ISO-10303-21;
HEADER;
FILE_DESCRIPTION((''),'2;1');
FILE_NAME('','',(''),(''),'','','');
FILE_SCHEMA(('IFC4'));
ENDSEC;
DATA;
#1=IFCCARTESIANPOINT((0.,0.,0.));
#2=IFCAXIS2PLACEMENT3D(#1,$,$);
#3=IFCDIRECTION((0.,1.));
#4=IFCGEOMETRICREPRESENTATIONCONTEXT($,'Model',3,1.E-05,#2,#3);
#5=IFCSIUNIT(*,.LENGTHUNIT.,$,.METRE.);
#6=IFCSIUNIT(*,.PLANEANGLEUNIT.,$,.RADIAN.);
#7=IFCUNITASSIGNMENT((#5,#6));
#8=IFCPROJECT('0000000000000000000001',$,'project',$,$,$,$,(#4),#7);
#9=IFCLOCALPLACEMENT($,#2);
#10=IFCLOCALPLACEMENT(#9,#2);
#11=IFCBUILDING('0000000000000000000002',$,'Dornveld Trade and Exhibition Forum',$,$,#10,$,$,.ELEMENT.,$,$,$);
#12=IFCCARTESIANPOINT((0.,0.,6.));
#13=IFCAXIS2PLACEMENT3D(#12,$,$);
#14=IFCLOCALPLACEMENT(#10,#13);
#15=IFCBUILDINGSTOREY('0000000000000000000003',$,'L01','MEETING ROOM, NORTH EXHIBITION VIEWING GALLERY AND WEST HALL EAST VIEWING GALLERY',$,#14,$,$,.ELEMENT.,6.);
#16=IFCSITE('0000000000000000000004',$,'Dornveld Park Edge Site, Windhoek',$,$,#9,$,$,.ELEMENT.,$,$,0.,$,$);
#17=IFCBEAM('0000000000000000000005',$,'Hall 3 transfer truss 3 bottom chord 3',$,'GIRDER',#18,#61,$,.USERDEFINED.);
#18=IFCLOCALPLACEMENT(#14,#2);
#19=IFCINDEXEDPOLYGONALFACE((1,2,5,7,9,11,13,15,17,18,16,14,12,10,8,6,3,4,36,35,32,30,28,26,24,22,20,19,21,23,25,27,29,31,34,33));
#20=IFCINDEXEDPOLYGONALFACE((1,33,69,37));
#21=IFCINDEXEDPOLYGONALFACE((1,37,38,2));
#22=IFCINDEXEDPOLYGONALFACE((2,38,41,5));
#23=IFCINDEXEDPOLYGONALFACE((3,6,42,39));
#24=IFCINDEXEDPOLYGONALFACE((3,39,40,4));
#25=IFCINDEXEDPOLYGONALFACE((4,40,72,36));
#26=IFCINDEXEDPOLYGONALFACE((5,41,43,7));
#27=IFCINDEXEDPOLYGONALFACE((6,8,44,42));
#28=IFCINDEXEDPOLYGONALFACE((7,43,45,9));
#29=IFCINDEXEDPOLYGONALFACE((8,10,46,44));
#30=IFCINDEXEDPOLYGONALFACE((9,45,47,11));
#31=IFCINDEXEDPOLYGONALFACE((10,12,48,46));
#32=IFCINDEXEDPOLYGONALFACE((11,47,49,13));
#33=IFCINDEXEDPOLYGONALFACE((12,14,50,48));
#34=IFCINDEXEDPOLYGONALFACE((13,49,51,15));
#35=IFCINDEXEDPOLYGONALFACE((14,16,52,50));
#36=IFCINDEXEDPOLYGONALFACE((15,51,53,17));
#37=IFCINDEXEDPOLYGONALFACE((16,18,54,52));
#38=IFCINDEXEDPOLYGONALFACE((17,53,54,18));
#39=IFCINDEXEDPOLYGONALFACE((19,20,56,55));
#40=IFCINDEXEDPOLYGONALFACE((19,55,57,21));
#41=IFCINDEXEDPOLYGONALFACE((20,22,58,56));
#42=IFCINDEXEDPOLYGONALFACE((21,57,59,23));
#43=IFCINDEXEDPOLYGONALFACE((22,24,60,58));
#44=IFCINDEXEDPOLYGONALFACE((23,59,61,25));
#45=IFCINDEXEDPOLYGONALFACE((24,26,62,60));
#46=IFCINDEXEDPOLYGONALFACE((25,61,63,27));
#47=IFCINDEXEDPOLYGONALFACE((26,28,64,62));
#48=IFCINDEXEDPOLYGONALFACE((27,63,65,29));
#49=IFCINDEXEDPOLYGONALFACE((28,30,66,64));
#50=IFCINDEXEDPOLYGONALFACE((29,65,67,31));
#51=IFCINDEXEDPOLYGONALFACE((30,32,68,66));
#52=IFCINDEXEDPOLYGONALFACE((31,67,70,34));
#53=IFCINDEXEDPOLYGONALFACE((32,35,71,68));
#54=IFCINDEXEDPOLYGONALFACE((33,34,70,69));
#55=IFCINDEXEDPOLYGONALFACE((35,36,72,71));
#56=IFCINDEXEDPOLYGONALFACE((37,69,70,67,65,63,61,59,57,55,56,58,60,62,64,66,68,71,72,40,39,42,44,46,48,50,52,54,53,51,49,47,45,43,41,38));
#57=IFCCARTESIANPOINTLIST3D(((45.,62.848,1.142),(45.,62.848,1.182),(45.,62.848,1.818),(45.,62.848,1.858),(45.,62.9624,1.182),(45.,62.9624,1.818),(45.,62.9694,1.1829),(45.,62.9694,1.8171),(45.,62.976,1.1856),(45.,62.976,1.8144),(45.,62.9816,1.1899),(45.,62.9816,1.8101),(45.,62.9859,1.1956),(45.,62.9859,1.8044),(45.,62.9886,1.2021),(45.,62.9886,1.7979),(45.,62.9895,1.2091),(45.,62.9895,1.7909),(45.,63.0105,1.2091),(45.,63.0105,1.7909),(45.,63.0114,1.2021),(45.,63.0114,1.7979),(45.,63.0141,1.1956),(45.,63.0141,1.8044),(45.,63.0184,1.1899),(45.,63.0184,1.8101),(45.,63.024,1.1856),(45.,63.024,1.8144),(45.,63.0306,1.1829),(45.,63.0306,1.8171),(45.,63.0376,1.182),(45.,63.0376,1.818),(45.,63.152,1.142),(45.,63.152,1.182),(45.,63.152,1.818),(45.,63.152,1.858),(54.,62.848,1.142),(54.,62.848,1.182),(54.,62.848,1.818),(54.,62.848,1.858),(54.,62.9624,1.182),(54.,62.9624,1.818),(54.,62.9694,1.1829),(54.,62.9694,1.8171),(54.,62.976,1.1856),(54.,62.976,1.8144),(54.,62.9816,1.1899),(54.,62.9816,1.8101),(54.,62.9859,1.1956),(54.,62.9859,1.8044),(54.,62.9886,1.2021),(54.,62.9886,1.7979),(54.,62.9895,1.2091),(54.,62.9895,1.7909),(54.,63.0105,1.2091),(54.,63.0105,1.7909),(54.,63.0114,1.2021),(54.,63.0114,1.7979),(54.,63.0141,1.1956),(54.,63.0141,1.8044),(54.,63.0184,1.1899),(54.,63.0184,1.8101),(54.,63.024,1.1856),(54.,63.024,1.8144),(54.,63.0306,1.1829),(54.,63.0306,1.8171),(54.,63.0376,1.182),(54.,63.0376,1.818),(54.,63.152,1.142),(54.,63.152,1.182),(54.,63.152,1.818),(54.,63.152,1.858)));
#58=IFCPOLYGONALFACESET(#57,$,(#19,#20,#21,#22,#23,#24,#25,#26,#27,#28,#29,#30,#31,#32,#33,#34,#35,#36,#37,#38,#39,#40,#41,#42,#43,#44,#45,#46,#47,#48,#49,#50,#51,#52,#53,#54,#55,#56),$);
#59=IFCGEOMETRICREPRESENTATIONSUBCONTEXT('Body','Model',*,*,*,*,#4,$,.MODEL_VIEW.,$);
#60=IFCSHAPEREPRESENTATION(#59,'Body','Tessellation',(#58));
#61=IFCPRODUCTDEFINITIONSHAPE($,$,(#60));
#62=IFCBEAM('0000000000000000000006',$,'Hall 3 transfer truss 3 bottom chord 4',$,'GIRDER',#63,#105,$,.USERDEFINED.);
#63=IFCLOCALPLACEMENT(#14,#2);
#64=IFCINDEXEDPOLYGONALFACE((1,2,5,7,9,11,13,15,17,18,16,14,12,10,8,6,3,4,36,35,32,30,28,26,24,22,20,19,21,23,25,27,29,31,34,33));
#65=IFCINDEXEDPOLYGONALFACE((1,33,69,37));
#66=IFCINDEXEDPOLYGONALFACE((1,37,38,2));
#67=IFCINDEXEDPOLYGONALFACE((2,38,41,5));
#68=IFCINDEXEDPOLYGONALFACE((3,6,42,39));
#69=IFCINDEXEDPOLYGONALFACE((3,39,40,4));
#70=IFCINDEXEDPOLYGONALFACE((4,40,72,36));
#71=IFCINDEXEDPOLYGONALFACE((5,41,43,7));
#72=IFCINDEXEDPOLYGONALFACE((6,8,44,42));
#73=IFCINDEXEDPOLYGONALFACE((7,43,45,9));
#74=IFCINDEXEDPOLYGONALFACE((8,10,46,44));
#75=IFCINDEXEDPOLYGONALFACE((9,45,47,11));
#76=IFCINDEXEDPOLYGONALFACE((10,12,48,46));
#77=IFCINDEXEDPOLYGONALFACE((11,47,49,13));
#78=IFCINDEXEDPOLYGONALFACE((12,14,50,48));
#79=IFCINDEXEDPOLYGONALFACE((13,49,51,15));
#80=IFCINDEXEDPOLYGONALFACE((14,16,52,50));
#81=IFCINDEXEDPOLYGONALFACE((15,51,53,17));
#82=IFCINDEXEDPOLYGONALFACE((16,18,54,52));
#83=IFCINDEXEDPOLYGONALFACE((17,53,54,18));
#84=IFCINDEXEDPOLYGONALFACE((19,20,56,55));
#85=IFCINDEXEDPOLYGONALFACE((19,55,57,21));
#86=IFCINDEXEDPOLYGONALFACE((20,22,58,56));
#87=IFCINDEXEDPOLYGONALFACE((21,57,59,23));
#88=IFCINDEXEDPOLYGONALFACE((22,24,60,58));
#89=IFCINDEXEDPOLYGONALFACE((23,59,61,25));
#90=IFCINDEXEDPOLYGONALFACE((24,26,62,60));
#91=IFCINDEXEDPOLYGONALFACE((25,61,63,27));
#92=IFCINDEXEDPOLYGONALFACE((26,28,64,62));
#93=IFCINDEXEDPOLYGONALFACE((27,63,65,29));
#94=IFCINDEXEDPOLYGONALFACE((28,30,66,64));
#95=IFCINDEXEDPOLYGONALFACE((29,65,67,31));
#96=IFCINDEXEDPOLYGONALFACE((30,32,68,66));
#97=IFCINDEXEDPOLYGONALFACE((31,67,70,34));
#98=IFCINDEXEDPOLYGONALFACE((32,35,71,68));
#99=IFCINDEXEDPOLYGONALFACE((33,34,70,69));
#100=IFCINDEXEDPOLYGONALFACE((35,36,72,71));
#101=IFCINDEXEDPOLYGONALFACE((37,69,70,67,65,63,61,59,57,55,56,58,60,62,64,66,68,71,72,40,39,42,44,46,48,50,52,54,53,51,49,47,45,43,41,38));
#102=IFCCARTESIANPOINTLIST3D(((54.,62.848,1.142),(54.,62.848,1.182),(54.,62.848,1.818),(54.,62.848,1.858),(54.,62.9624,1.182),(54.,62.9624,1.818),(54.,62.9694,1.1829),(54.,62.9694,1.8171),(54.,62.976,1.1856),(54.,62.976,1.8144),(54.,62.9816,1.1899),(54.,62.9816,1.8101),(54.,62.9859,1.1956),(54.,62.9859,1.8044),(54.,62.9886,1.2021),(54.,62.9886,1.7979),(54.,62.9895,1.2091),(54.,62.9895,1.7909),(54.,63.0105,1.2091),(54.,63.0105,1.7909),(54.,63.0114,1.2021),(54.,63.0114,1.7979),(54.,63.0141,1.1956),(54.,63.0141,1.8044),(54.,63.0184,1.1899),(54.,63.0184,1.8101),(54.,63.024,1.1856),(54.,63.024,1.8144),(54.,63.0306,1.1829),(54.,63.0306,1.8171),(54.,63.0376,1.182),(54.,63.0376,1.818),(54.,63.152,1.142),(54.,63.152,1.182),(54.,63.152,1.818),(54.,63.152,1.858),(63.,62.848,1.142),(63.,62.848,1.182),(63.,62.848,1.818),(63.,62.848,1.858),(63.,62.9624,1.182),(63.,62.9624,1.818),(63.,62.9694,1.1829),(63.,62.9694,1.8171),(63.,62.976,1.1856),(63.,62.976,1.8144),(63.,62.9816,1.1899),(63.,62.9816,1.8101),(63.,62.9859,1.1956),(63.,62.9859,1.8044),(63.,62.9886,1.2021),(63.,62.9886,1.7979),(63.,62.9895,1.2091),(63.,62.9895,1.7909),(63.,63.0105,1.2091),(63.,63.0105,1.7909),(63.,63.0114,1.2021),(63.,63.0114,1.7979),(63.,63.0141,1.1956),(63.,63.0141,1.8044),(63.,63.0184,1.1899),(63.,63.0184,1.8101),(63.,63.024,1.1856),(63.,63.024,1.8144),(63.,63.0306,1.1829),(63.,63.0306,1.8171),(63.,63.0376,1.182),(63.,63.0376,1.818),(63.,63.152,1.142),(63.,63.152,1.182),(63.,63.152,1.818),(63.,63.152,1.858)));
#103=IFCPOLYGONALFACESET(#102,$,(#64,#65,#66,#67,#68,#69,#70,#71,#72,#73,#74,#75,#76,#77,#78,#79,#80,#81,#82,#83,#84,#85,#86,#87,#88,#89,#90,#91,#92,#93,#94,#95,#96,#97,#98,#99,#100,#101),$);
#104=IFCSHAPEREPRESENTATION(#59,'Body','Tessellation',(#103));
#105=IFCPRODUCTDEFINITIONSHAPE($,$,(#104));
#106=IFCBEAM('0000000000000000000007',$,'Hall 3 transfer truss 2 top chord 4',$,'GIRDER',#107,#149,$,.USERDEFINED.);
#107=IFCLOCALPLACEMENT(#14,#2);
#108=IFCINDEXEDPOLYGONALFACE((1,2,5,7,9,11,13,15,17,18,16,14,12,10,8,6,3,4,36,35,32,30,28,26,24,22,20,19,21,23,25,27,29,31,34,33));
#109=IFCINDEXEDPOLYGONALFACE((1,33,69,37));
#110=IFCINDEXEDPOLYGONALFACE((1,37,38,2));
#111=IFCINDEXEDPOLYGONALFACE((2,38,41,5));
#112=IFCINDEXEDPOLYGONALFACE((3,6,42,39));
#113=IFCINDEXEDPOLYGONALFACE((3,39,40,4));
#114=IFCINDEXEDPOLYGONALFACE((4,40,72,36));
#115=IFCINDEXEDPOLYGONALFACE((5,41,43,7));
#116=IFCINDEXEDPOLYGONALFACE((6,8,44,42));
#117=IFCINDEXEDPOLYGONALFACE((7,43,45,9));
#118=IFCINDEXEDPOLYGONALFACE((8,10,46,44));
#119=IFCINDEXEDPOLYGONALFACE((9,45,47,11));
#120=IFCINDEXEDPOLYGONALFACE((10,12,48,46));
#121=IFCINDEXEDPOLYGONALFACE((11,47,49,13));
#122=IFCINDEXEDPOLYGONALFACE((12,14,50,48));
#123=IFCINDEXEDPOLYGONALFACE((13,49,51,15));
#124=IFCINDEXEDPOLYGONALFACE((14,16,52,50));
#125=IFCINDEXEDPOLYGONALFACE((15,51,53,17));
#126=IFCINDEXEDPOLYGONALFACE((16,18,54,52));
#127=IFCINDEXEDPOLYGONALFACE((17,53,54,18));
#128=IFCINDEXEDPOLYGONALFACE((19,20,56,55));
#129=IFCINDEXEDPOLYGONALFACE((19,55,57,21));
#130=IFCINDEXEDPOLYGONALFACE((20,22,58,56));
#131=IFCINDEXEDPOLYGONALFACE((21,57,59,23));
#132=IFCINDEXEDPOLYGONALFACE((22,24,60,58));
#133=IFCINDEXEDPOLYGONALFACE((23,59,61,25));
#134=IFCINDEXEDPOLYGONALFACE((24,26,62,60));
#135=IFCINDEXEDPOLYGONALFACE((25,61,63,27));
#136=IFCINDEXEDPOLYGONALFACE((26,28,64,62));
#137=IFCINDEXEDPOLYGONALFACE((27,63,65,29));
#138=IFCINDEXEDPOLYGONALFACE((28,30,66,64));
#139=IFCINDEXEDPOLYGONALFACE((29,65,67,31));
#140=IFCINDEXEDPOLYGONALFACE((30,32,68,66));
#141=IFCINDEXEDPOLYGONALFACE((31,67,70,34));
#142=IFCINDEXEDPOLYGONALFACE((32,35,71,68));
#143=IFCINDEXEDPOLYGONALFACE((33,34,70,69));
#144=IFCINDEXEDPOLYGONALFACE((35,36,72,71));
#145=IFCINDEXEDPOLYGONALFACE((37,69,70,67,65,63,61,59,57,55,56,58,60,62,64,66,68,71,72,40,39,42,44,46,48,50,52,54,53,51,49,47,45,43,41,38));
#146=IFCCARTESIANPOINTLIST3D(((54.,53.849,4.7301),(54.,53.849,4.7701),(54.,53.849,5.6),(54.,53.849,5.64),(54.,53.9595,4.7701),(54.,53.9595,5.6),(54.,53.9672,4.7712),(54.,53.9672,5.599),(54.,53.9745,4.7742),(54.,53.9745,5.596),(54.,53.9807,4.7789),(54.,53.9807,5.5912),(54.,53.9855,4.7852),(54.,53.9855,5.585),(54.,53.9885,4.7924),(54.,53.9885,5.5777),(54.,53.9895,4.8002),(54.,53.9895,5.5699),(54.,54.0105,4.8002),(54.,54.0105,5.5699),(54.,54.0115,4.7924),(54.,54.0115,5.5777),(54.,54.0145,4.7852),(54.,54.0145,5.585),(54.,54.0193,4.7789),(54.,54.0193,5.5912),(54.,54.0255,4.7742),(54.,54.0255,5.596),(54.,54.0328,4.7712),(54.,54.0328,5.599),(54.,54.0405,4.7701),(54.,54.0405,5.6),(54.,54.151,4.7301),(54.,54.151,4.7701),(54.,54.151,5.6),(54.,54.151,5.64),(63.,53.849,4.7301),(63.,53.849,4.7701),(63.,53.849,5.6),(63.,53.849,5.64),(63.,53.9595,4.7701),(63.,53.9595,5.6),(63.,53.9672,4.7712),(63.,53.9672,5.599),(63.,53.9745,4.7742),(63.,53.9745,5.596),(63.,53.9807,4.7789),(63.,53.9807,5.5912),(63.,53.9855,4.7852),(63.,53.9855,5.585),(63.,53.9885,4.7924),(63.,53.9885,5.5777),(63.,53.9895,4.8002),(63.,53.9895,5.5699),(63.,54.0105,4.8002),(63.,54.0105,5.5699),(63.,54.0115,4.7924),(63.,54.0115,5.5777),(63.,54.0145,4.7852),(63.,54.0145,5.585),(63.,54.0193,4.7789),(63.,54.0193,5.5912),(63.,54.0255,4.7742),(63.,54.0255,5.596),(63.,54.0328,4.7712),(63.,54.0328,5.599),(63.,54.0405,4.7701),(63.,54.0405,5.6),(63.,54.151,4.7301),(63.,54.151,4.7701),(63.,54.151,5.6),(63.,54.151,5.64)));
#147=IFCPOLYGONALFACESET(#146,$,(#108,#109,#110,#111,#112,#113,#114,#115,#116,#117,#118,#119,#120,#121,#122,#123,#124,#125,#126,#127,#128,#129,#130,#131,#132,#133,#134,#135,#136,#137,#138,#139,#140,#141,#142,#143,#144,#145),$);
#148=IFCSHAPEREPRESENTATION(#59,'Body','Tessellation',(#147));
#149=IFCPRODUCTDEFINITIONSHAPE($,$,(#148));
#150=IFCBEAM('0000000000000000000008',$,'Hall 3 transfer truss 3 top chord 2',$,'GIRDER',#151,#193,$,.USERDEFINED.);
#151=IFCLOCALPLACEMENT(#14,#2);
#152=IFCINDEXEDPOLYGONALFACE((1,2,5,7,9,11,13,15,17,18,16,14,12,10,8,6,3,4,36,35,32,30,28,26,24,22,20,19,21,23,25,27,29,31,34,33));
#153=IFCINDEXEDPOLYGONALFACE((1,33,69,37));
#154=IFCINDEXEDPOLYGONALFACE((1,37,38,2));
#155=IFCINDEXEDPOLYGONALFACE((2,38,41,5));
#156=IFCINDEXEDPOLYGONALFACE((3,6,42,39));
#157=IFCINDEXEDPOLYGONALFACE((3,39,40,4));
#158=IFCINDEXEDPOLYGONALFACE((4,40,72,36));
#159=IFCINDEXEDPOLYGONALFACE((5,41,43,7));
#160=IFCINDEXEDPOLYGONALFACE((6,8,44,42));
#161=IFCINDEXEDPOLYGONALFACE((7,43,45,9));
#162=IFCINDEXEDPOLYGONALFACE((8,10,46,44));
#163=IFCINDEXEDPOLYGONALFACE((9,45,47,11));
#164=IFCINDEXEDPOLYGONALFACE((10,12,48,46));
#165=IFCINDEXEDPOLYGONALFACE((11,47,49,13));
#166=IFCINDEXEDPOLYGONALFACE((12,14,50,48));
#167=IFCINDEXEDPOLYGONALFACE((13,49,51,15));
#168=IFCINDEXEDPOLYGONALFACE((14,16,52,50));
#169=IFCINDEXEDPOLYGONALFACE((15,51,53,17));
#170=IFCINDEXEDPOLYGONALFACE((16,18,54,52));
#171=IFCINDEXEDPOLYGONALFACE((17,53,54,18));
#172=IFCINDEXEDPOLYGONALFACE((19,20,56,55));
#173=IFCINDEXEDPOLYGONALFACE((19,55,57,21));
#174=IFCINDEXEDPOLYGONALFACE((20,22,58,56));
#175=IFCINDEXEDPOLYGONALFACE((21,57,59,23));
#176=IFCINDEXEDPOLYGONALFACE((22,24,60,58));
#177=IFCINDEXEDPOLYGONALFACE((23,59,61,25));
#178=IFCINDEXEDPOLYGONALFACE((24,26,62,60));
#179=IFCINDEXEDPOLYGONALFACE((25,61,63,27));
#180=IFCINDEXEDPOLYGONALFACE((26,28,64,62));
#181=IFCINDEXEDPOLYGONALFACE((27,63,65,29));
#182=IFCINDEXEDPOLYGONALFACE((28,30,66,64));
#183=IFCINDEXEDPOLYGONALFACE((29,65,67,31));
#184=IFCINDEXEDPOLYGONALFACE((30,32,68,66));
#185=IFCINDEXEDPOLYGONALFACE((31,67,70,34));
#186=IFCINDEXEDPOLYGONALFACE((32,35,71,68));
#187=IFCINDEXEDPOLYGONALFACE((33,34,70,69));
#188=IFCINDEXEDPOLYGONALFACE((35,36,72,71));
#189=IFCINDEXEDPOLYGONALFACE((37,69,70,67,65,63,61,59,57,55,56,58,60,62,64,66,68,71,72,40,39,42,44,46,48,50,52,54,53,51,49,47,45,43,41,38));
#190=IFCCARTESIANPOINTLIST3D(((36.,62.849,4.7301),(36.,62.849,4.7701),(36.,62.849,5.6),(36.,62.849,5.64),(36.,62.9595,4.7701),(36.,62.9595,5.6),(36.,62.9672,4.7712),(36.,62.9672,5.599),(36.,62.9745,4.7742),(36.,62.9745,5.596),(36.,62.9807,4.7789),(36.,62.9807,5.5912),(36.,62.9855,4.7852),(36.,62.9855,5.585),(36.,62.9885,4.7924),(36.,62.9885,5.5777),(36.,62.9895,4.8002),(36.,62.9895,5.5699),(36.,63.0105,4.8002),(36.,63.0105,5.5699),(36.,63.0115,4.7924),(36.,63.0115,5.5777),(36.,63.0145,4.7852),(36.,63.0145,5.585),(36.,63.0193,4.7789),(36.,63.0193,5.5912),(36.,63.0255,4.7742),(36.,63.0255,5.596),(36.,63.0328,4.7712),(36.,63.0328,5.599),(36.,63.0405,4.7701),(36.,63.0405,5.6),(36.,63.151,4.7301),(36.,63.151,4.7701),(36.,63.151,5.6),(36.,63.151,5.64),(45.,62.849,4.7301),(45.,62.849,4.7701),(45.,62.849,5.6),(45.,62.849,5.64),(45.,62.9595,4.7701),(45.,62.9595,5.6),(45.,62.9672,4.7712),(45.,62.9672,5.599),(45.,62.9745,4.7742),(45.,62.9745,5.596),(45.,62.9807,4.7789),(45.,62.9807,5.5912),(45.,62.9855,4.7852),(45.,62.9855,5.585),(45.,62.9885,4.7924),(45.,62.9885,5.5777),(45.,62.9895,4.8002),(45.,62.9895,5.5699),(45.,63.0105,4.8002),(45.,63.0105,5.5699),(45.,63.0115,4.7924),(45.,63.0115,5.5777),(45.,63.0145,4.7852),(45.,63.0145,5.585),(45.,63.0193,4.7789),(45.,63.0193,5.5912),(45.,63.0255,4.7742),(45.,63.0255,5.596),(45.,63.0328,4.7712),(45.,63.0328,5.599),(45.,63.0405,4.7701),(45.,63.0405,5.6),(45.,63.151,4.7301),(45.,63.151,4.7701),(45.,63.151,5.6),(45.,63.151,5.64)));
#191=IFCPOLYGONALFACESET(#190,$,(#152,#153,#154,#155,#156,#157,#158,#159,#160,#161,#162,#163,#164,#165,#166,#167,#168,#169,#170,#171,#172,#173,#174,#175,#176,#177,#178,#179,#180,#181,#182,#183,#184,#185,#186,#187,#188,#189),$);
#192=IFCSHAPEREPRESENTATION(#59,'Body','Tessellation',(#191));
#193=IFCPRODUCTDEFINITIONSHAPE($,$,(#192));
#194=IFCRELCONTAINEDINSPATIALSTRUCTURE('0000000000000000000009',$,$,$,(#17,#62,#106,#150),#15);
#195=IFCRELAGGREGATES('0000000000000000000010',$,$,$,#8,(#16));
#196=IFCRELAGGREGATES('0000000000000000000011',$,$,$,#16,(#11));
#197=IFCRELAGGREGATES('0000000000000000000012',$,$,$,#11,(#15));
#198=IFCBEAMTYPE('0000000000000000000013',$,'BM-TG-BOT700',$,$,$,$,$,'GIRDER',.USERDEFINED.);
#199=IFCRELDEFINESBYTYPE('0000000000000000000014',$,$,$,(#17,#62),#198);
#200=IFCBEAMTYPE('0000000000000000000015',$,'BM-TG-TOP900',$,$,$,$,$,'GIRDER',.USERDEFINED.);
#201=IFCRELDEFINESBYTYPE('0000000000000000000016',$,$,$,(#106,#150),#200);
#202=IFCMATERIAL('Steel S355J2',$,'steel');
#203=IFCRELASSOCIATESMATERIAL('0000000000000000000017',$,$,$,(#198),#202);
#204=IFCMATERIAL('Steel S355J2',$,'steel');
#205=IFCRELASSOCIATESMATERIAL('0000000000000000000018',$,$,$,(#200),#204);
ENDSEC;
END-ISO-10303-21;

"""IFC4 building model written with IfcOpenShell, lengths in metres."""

from ifc_helpers import new_model, si_unit, direction, frame, origin, origin_2d, place, context, subcontext, project, spatial, i_section, extrude, material, material_profile, profile_set, type_object, element, save


model = new_model("IFC4")

# Units and contexts
model_context = context("Model", 3, precision=1e-05, world=origin(), true_north=direction((0.0, 1.0)))
body_context = subcontext(model_context, "Body", "Model", "MODEL_VIEW")
ifc_project = project(units=[si_unit("LENGTHUNIT", "METRE"), si_unit("PLANEANGLEUNIT", "RADIAN")], contexts=[model_context])

# Site, building, storey
site_placement = place(None, origin())
site = spatial("IfcSite", under=ifc_project, at=site_placement, Name="Dornveld Park Edge Site, Windhoek", CompositionType="ELEMENT", RefElevation=0.0)
building_placement = place(site_placement, origin())
building = spatial("IfcBuilding", under=site, at=building_placement, Name="Dornveld Trade and Exhibition Forum", CompositionType="ELEMENT")
storey_placement = place(building_placement, frame((0.0, 0.0, 6.0)))
storey = spatial("IfcBuildingStorey", under=building, at=storey_placement, Name="L01", Description="MEETING ROOM, NORTH EXHIBITION VIEWING GALLERY AND WEST HALL EAST VIEWING GALLERY", CompositionType="ELEMENT", Elevation=6.0)

# Beams
ifc_material_1 = material(Name="Steel S355J2", Category="steel")
ifc_material_profile_1 = material_profile(ifc_material_1, i_section(OverallWidth=0.304, OverallDepth=0.7161, WebThickness=0.021, FlangeThickness=0.04, FilletRadius=0.0271, at=origin_2d()), Name="HEM 700")
ifc_profile_set_1 = profile_set([ifc_material_profile_1], Name="Steel S355J2")
beam_type_1 = type_object("IfcBeamType", Name="BM-TG-BOT700", ElementType="GIRDER", PredefinedType="USERDEFINED", material=ifc_profile_set_1)
for number, where, z_axis, x_axis, name in (
    (1, (45.0, 63.0, 1.5), (1.0, 0.0, 0.0), (0.0, 1.0, 0.0), "Hall 3 transfer truss 3 bottom chord 3"),
    (2, (54.0, 63.0, 1.5), (1.0, 0.0, 0.0), (0.0, 1.0, 0.0), "Hall 3 transfer truss 3 bottom chord 4"),
):
    element("IfcBeam", number, at=place(storey_placement, frame(where, z_axis=z_axis, x_axis=x_axis)), inside=storey, type_object=beam_type_1, Name=name, ObjectType="GIRDER", PredefinedType="USERDEFINED", context=body_context, shape_type="SweptSolid", body=[
        extrude(i_section(OverallWidth=0.304, OverallDepth=0.7161, WebThickness=0.021, FlangeThickness=0.04, FilletRadius=0.0271, at=origin_2d()), origin(), (0.0, 0.0, 1.0), 9.0),
    ])
ifc_material_2 = material(Name="Steel S355J2", Category="steel")
ifc_material_profile_2 = material_profile(ifc_material_2, i_section(OverallWidth=0.302, OverallDepth=0.9099, WebThickness=0.021, FlangeThickness=0.04, FilletRadius=0.03, at=origin_2d()), Name="HEM 900")
ifc_profile_set_2 = profile_set([ifc_material_profile_2], Name="Steel S355J2")
beam_type_2 = type_object("IfcBeamType", Name="BM-TG-TOP900", ElementType="GIRDER", PredefinedType="USERDEFINED", material=ifc_profile_set_2)
for number, where, z_axis, x_axis, name in (
    (3, (54.0, 54.0, 5.1851), (1.0, 0.0, 0.0), (0.0, 1.0, 0.0), "Hall 3 transfer truss 2 top chord 4"),
    (4, (36.0, 63.0, 5.1851), (1.0, 0.0, 0.0), (0.0, 1.0, 0.0), "Hall 3 transfer truss 3 top chord 2"),
):
    element("IfcBeam", number, at=place(storey_placement, frame(where, z_axis=z_axis, x_axis=x_axis)), inside=storey, type_object=beam_type_2, Name=name, ObjectType="GIRDER", PredefinedType="USERDEFINED", context=body_context, shape_type="SweptSolid", body=[
        extrude(i_section(OverallWidth=0.302, OverallDepth=0.9099, WebThickness=0.021, FlangeThickness=0.04, FilletRadius=0.03, at=origin_2d()), origin(), (0.0, 0.0, 1.0), 9.0),
    ])

save(model, "model.ifc")
